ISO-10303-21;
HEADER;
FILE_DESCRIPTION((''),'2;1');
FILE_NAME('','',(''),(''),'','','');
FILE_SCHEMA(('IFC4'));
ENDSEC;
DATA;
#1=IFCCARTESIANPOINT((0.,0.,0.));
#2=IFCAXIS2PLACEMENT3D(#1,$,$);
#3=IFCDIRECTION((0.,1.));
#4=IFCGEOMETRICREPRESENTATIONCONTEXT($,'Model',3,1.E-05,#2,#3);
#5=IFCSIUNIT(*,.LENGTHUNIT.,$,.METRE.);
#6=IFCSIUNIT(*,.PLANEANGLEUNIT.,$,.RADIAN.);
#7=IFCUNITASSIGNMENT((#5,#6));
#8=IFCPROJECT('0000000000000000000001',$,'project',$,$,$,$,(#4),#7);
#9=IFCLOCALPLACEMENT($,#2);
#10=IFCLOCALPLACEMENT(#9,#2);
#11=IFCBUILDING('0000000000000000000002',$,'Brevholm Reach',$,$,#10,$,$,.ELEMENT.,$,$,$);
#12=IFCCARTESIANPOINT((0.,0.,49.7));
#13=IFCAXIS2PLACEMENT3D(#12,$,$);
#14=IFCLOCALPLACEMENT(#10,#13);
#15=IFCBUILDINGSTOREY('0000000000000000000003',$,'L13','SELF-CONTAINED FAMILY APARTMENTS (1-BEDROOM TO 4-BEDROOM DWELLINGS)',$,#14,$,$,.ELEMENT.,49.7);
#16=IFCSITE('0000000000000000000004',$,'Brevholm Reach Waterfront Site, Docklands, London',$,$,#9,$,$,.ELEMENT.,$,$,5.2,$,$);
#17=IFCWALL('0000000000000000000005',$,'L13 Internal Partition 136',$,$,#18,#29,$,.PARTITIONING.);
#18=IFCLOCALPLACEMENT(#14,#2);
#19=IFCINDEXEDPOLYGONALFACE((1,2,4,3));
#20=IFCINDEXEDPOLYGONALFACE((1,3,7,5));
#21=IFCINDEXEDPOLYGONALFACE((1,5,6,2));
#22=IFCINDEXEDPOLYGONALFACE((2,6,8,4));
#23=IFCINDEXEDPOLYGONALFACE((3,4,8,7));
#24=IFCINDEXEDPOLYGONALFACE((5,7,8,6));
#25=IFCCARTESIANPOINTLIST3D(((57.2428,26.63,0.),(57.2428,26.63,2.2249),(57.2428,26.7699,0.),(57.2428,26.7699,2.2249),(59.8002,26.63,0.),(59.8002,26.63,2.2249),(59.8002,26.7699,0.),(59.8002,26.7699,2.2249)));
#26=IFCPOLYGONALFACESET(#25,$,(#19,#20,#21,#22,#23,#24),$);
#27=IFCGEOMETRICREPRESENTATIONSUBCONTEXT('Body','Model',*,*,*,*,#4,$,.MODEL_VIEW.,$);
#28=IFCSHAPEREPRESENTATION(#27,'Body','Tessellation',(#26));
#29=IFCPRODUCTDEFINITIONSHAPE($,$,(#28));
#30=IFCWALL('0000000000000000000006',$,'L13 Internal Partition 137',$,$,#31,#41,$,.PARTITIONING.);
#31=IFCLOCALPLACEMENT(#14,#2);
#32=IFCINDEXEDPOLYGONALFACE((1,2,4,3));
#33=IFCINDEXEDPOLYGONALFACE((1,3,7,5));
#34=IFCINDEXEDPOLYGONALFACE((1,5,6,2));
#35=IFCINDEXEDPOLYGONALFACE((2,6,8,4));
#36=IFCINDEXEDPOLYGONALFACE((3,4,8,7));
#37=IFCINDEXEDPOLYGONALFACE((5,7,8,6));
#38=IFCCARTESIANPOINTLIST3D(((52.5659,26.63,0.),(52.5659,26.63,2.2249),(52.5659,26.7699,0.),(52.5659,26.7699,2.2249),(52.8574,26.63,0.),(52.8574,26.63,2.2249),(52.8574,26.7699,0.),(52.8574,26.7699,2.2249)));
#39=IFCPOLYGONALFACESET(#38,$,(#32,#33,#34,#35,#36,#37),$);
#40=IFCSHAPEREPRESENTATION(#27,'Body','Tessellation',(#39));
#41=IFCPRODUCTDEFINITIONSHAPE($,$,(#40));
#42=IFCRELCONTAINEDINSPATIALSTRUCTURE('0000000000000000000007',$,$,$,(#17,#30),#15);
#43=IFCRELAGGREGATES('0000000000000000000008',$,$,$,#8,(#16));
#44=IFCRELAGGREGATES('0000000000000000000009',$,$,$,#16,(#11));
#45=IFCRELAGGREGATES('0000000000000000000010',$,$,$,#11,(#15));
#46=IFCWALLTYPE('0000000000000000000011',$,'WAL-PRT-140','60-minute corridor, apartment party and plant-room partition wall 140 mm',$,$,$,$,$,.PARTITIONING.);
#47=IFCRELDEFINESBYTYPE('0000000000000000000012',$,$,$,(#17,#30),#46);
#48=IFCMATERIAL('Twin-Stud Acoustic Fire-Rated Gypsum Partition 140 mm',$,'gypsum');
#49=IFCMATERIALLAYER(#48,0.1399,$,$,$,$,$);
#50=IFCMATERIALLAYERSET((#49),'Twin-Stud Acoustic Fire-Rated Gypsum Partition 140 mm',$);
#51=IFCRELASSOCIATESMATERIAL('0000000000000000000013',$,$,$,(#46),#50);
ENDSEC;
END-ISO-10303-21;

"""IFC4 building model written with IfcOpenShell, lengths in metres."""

from ifc_helpers import new_model, si_unit, direction, frame, frame_2d, origin, place, context, subcontext, project, spatial, rectangle, extrude, material, layer, layer_set, type_object, element, save


model = new_model("IFC4")

# Units and contexts
model_context = context("Model", 3, precision=1e-05, world=origin(), true_north=direction((0.0, 1.0)))
body_context = subcontext(model_context, "Body", "Model", "MODEL_VIEW")
ifc_project = project(units=[si_unit("LENGTHUNIT", "METRE"), si_unit("PLANEANGLEUNIT", "RADIAN")], contexts=[model_context])

# Site, building, storey
site_placement = place(None, origin())
site = spatial("IfcSite", under=ifc_project, at=site_placement, Name="Brevholm Reach Waterfront Site, Docklands, London", CompositionType="ELEMENT", RefElevation=5.2)
building_placement = place(site_placement, origin())
building = spatial("IfcBuilding", under=site, at=building_placement, Name="Brevholm Reach", CompositionType="ELEMENT")
storey_placement = place(building_placement, frame((0.0, 0.0, 49.7)))
storey = spatial("IfcBuildingStorey", under=building, at=storey_placement, Name="L13", Description="SELF-CONTAINED FAMILY APARTMENTS (1-BEDROOM TO 4-BEDROOM DWELLINGS)", CompositionType="ELEMENT", Elevation=49.7)

# Shared definitions
ifc_material_1 = material(Name="Twin-Stud Acoustic Fire-Rated Gypsum Partition 140 mm", Category="gypsum")
ifc_layer_1 = layer(ifc_material_1, 0.1399)
ifc_layer_set_1 = layer_set([ifc_layer_1], Name="Twin-Stud Acoustic Fire-Rated Gypsum Partition 140 mm")
wall_type_1 = type_object("IfcWallType", Name="WAL-PRT-140", Description="60-minute corridor, apartment party and plant-room partition wall 140 mm", PredefinedType="PARTITIONING", material=ifc_layer_set_1)

# Walls
wall_1_placement = place(storey_placement, frame((57.2427, 26.7, 0.0), z_axis=(0.0, 0.0, 1.0), x_axis=(1.0, 0.0, 0.0)))
element("IfcWall", 1, at=wall_1_placement, inside=storey, type_object=wall_type_1, Name="L13 Internal Partition 136", PredefinedType="PARTITIONING", context=body_context, shape_type="SweptSolid", body=[
    extrude(rectangle(XDim=2.5574, YDim=0.1399, at=frame_2d((1.2788, 0.0))), origin(), (0.0, 0.0, 1.0), 2.2249),
])
wall_2_placement = place(storey_placement, frame((52.5659, 26.7, 0.0), z_axis=(0.0, 0.0, 1.0), x_axis=(1.0, 0.0, 0.0)))
element("IfcWall", 2, at=wall_2_placement, inside=storey, type_object=wall_type_1, Name="L13 Internal Partition 137", PredefinedType="PARTITIONING", context=body_context, shape_type="SweptSolid", body=[
    extrude(rectangle(XDim=0.2915, YDim=0.1399, at=frame_2d((0.1458, 0.0))), origin(), (0.0, 0.0, 1.0), 2.2249),
])

save(model, "model.ifc")
